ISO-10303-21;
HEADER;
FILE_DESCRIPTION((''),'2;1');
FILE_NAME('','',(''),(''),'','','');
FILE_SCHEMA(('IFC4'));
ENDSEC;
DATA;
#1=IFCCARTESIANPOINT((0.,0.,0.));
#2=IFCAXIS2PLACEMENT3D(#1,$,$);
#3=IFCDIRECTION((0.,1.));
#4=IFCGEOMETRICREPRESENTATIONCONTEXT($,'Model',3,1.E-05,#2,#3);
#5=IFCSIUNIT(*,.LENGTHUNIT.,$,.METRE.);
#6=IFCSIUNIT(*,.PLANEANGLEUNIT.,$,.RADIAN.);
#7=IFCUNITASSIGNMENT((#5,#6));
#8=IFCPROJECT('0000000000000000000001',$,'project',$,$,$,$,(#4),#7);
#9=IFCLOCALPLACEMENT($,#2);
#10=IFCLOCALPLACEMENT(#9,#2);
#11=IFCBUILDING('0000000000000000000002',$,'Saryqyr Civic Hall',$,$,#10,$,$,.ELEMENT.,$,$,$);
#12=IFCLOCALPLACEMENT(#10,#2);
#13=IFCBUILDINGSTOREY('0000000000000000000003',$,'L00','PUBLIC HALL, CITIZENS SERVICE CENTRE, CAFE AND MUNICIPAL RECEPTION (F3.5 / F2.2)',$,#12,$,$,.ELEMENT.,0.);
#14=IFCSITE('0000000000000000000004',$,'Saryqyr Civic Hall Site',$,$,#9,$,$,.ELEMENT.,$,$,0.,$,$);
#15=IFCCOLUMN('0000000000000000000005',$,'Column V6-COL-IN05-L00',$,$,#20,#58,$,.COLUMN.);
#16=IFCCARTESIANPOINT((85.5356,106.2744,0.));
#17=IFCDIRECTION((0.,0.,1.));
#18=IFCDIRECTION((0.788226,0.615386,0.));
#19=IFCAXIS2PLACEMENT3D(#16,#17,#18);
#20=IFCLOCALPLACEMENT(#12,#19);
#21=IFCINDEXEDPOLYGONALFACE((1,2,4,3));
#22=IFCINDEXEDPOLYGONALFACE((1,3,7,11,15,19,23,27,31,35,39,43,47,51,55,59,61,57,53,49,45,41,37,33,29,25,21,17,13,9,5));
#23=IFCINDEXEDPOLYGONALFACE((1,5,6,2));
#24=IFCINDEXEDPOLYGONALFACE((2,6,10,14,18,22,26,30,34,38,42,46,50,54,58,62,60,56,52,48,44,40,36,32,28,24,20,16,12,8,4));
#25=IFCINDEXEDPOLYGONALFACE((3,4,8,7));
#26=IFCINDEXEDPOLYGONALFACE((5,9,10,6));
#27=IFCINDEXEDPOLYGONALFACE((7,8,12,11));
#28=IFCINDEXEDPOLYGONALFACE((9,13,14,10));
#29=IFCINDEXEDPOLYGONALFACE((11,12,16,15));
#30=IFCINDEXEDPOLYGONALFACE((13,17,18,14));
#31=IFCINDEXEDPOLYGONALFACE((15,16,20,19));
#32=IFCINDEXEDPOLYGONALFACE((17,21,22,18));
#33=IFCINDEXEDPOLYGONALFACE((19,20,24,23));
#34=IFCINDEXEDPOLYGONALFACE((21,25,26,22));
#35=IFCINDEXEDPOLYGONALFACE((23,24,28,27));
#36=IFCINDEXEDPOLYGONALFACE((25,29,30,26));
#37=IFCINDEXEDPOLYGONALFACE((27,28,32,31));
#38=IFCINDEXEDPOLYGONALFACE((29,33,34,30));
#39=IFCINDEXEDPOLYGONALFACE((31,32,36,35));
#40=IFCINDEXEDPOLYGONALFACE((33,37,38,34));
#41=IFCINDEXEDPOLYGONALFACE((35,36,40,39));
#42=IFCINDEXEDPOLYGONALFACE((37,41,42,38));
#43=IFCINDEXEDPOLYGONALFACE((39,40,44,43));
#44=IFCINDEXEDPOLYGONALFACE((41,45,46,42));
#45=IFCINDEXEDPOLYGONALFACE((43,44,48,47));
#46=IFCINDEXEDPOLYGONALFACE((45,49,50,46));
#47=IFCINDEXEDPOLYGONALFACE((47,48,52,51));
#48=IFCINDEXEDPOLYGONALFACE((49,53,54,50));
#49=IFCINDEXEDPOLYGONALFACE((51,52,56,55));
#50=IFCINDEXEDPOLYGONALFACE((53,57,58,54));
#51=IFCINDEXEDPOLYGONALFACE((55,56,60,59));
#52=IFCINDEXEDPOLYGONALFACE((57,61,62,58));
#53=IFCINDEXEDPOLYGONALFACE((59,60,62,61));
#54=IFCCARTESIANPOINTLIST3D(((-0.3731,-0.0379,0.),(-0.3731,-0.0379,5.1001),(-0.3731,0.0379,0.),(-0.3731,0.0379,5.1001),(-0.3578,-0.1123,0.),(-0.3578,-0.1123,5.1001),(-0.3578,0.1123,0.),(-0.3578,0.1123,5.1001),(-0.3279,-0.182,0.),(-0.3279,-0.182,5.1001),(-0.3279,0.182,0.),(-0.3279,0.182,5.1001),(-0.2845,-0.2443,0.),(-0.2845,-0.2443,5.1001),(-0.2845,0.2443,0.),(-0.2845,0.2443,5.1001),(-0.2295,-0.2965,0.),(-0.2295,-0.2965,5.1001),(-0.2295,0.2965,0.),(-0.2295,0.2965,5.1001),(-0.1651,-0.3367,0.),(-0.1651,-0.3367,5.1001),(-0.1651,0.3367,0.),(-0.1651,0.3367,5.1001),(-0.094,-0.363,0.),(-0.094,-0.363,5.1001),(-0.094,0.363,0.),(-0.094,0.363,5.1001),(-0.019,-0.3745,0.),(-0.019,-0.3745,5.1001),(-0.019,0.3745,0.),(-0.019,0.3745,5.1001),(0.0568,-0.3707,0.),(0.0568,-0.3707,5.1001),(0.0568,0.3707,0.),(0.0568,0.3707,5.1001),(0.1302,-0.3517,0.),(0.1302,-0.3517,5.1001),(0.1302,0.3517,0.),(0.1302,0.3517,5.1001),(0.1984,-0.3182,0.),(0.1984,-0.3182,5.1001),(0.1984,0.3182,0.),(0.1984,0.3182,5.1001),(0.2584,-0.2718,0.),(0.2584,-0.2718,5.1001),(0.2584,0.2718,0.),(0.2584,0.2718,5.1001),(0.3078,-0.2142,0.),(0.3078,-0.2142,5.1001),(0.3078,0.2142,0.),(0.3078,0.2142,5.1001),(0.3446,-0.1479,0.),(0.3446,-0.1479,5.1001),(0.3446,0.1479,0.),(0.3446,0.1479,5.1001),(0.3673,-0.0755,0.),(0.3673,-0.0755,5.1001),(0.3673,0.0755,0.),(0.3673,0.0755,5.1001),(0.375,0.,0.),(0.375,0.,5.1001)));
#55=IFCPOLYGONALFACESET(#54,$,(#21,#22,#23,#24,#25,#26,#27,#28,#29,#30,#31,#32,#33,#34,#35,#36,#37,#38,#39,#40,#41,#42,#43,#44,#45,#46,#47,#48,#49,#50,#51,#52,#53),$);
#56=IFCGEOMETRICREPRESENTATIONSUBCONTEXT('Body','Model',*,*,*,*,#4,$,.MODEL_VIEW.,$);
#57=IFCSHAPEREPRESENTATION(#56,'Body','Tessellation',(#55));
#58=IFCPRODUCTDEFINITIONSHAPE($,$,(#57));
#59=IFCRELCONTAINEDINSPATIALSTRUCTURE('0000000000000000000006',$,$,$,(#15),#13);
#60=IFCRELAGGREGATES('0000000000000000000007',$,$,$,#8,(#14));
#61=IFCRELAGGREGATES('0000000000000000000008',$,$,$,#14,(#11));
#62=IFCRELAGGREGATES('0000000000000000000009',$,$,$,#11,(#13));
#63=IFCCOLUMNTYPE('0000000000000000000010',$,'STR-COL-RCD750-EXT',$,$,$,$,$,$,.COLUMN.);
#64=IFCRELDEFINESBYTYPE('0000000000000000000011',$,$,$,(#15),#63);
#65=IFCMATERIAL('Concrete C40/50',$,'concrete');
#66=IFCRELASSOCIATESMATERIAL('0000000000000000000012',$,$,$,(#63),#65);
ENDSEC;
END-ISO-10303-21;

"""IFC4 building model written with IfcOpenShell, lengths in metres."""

from ifc_helpers import new_model, si_unit, direction, frame, origin, origin_2d, place, context, subcontext, project, spatial, circle, extrude, material, material_profile, profile_set, type_object, element, save


model = new_model("IFC4")

# Units and contexts
model_context = context("Model", 3, precision=1e-05, world=origin(), true_north=direction((0.0, 1.0)))
body_context = subcontext(model_context, "Body", "Model", "MODEL_VIEW")
ifc_project = project(units=[si_unit("LENGTHUNIT", "METRE"), si_unit("PLANEANGLEUNIT", "RADIAN")], contexts=[model_context])

# Site, building, storey
site_placement = place(None, origin())
site = spatial("IfcSite", under=ifc_project, at=site_placement, Name="Saryqyr Civic Hall Site", CompositionType="ELEMENT", RefElevation=0.0)
building_placement = place(site_placement, origin())
building = spatial("IfcBuilding", under=site, at=building_placement, Name="Saryqyr Civic Hall", CompositionType="ELEMENT")
storey_placement = place(building_placement, origin())
storey = spatial("IfcBuildingStorey", under=building, at=storey_placement, Name="L00", Description="PUBLIC HALL, CITIZENS SERVICE CENTRE, CAFE AND MUNICIPAL RECEPTION (F3.5 / F2.2)", CompositionType="ELEMENT", Elevation=0.0)

# Column
ifc_material_1 = material(Name="Concrete C40/50", Category="concrete")
ifc_material_profile_1 = material_profile(ifc_material_1, circle(Radius=0.375, at=origin_2d()), Name="RC D750")
ifc_profile_set_1 = profile_set([ifc_material_profile_1], Name="Concrete C40/50")
column_type = type_object("IfcColumnType", Name="STR-COL-RCD750-EXT", PredefinedType="COLUMN", material=ifc_profile_set_1)
column_placement = place(storey_placement, frame((85.5356, 106.2744, 0.0), z_axis=(0.0, 0.0, 1.0), x_axis=(0.788226, 0.615386, 0.0)))
element("IfcColumn", 1, at=column_placement, inside=storey, type_object=column_type, Name="Column V6-COL-IN05-L00", PredefinedType="COLUMN", context=body_context, shape_type="SweptSolid", body=[
    extrude(circle(Radius=0.375, at=origin_2d()), origin(), (0.0, 0.0, 1.0), 5.1001),
])

save(model, "model.ifc")
